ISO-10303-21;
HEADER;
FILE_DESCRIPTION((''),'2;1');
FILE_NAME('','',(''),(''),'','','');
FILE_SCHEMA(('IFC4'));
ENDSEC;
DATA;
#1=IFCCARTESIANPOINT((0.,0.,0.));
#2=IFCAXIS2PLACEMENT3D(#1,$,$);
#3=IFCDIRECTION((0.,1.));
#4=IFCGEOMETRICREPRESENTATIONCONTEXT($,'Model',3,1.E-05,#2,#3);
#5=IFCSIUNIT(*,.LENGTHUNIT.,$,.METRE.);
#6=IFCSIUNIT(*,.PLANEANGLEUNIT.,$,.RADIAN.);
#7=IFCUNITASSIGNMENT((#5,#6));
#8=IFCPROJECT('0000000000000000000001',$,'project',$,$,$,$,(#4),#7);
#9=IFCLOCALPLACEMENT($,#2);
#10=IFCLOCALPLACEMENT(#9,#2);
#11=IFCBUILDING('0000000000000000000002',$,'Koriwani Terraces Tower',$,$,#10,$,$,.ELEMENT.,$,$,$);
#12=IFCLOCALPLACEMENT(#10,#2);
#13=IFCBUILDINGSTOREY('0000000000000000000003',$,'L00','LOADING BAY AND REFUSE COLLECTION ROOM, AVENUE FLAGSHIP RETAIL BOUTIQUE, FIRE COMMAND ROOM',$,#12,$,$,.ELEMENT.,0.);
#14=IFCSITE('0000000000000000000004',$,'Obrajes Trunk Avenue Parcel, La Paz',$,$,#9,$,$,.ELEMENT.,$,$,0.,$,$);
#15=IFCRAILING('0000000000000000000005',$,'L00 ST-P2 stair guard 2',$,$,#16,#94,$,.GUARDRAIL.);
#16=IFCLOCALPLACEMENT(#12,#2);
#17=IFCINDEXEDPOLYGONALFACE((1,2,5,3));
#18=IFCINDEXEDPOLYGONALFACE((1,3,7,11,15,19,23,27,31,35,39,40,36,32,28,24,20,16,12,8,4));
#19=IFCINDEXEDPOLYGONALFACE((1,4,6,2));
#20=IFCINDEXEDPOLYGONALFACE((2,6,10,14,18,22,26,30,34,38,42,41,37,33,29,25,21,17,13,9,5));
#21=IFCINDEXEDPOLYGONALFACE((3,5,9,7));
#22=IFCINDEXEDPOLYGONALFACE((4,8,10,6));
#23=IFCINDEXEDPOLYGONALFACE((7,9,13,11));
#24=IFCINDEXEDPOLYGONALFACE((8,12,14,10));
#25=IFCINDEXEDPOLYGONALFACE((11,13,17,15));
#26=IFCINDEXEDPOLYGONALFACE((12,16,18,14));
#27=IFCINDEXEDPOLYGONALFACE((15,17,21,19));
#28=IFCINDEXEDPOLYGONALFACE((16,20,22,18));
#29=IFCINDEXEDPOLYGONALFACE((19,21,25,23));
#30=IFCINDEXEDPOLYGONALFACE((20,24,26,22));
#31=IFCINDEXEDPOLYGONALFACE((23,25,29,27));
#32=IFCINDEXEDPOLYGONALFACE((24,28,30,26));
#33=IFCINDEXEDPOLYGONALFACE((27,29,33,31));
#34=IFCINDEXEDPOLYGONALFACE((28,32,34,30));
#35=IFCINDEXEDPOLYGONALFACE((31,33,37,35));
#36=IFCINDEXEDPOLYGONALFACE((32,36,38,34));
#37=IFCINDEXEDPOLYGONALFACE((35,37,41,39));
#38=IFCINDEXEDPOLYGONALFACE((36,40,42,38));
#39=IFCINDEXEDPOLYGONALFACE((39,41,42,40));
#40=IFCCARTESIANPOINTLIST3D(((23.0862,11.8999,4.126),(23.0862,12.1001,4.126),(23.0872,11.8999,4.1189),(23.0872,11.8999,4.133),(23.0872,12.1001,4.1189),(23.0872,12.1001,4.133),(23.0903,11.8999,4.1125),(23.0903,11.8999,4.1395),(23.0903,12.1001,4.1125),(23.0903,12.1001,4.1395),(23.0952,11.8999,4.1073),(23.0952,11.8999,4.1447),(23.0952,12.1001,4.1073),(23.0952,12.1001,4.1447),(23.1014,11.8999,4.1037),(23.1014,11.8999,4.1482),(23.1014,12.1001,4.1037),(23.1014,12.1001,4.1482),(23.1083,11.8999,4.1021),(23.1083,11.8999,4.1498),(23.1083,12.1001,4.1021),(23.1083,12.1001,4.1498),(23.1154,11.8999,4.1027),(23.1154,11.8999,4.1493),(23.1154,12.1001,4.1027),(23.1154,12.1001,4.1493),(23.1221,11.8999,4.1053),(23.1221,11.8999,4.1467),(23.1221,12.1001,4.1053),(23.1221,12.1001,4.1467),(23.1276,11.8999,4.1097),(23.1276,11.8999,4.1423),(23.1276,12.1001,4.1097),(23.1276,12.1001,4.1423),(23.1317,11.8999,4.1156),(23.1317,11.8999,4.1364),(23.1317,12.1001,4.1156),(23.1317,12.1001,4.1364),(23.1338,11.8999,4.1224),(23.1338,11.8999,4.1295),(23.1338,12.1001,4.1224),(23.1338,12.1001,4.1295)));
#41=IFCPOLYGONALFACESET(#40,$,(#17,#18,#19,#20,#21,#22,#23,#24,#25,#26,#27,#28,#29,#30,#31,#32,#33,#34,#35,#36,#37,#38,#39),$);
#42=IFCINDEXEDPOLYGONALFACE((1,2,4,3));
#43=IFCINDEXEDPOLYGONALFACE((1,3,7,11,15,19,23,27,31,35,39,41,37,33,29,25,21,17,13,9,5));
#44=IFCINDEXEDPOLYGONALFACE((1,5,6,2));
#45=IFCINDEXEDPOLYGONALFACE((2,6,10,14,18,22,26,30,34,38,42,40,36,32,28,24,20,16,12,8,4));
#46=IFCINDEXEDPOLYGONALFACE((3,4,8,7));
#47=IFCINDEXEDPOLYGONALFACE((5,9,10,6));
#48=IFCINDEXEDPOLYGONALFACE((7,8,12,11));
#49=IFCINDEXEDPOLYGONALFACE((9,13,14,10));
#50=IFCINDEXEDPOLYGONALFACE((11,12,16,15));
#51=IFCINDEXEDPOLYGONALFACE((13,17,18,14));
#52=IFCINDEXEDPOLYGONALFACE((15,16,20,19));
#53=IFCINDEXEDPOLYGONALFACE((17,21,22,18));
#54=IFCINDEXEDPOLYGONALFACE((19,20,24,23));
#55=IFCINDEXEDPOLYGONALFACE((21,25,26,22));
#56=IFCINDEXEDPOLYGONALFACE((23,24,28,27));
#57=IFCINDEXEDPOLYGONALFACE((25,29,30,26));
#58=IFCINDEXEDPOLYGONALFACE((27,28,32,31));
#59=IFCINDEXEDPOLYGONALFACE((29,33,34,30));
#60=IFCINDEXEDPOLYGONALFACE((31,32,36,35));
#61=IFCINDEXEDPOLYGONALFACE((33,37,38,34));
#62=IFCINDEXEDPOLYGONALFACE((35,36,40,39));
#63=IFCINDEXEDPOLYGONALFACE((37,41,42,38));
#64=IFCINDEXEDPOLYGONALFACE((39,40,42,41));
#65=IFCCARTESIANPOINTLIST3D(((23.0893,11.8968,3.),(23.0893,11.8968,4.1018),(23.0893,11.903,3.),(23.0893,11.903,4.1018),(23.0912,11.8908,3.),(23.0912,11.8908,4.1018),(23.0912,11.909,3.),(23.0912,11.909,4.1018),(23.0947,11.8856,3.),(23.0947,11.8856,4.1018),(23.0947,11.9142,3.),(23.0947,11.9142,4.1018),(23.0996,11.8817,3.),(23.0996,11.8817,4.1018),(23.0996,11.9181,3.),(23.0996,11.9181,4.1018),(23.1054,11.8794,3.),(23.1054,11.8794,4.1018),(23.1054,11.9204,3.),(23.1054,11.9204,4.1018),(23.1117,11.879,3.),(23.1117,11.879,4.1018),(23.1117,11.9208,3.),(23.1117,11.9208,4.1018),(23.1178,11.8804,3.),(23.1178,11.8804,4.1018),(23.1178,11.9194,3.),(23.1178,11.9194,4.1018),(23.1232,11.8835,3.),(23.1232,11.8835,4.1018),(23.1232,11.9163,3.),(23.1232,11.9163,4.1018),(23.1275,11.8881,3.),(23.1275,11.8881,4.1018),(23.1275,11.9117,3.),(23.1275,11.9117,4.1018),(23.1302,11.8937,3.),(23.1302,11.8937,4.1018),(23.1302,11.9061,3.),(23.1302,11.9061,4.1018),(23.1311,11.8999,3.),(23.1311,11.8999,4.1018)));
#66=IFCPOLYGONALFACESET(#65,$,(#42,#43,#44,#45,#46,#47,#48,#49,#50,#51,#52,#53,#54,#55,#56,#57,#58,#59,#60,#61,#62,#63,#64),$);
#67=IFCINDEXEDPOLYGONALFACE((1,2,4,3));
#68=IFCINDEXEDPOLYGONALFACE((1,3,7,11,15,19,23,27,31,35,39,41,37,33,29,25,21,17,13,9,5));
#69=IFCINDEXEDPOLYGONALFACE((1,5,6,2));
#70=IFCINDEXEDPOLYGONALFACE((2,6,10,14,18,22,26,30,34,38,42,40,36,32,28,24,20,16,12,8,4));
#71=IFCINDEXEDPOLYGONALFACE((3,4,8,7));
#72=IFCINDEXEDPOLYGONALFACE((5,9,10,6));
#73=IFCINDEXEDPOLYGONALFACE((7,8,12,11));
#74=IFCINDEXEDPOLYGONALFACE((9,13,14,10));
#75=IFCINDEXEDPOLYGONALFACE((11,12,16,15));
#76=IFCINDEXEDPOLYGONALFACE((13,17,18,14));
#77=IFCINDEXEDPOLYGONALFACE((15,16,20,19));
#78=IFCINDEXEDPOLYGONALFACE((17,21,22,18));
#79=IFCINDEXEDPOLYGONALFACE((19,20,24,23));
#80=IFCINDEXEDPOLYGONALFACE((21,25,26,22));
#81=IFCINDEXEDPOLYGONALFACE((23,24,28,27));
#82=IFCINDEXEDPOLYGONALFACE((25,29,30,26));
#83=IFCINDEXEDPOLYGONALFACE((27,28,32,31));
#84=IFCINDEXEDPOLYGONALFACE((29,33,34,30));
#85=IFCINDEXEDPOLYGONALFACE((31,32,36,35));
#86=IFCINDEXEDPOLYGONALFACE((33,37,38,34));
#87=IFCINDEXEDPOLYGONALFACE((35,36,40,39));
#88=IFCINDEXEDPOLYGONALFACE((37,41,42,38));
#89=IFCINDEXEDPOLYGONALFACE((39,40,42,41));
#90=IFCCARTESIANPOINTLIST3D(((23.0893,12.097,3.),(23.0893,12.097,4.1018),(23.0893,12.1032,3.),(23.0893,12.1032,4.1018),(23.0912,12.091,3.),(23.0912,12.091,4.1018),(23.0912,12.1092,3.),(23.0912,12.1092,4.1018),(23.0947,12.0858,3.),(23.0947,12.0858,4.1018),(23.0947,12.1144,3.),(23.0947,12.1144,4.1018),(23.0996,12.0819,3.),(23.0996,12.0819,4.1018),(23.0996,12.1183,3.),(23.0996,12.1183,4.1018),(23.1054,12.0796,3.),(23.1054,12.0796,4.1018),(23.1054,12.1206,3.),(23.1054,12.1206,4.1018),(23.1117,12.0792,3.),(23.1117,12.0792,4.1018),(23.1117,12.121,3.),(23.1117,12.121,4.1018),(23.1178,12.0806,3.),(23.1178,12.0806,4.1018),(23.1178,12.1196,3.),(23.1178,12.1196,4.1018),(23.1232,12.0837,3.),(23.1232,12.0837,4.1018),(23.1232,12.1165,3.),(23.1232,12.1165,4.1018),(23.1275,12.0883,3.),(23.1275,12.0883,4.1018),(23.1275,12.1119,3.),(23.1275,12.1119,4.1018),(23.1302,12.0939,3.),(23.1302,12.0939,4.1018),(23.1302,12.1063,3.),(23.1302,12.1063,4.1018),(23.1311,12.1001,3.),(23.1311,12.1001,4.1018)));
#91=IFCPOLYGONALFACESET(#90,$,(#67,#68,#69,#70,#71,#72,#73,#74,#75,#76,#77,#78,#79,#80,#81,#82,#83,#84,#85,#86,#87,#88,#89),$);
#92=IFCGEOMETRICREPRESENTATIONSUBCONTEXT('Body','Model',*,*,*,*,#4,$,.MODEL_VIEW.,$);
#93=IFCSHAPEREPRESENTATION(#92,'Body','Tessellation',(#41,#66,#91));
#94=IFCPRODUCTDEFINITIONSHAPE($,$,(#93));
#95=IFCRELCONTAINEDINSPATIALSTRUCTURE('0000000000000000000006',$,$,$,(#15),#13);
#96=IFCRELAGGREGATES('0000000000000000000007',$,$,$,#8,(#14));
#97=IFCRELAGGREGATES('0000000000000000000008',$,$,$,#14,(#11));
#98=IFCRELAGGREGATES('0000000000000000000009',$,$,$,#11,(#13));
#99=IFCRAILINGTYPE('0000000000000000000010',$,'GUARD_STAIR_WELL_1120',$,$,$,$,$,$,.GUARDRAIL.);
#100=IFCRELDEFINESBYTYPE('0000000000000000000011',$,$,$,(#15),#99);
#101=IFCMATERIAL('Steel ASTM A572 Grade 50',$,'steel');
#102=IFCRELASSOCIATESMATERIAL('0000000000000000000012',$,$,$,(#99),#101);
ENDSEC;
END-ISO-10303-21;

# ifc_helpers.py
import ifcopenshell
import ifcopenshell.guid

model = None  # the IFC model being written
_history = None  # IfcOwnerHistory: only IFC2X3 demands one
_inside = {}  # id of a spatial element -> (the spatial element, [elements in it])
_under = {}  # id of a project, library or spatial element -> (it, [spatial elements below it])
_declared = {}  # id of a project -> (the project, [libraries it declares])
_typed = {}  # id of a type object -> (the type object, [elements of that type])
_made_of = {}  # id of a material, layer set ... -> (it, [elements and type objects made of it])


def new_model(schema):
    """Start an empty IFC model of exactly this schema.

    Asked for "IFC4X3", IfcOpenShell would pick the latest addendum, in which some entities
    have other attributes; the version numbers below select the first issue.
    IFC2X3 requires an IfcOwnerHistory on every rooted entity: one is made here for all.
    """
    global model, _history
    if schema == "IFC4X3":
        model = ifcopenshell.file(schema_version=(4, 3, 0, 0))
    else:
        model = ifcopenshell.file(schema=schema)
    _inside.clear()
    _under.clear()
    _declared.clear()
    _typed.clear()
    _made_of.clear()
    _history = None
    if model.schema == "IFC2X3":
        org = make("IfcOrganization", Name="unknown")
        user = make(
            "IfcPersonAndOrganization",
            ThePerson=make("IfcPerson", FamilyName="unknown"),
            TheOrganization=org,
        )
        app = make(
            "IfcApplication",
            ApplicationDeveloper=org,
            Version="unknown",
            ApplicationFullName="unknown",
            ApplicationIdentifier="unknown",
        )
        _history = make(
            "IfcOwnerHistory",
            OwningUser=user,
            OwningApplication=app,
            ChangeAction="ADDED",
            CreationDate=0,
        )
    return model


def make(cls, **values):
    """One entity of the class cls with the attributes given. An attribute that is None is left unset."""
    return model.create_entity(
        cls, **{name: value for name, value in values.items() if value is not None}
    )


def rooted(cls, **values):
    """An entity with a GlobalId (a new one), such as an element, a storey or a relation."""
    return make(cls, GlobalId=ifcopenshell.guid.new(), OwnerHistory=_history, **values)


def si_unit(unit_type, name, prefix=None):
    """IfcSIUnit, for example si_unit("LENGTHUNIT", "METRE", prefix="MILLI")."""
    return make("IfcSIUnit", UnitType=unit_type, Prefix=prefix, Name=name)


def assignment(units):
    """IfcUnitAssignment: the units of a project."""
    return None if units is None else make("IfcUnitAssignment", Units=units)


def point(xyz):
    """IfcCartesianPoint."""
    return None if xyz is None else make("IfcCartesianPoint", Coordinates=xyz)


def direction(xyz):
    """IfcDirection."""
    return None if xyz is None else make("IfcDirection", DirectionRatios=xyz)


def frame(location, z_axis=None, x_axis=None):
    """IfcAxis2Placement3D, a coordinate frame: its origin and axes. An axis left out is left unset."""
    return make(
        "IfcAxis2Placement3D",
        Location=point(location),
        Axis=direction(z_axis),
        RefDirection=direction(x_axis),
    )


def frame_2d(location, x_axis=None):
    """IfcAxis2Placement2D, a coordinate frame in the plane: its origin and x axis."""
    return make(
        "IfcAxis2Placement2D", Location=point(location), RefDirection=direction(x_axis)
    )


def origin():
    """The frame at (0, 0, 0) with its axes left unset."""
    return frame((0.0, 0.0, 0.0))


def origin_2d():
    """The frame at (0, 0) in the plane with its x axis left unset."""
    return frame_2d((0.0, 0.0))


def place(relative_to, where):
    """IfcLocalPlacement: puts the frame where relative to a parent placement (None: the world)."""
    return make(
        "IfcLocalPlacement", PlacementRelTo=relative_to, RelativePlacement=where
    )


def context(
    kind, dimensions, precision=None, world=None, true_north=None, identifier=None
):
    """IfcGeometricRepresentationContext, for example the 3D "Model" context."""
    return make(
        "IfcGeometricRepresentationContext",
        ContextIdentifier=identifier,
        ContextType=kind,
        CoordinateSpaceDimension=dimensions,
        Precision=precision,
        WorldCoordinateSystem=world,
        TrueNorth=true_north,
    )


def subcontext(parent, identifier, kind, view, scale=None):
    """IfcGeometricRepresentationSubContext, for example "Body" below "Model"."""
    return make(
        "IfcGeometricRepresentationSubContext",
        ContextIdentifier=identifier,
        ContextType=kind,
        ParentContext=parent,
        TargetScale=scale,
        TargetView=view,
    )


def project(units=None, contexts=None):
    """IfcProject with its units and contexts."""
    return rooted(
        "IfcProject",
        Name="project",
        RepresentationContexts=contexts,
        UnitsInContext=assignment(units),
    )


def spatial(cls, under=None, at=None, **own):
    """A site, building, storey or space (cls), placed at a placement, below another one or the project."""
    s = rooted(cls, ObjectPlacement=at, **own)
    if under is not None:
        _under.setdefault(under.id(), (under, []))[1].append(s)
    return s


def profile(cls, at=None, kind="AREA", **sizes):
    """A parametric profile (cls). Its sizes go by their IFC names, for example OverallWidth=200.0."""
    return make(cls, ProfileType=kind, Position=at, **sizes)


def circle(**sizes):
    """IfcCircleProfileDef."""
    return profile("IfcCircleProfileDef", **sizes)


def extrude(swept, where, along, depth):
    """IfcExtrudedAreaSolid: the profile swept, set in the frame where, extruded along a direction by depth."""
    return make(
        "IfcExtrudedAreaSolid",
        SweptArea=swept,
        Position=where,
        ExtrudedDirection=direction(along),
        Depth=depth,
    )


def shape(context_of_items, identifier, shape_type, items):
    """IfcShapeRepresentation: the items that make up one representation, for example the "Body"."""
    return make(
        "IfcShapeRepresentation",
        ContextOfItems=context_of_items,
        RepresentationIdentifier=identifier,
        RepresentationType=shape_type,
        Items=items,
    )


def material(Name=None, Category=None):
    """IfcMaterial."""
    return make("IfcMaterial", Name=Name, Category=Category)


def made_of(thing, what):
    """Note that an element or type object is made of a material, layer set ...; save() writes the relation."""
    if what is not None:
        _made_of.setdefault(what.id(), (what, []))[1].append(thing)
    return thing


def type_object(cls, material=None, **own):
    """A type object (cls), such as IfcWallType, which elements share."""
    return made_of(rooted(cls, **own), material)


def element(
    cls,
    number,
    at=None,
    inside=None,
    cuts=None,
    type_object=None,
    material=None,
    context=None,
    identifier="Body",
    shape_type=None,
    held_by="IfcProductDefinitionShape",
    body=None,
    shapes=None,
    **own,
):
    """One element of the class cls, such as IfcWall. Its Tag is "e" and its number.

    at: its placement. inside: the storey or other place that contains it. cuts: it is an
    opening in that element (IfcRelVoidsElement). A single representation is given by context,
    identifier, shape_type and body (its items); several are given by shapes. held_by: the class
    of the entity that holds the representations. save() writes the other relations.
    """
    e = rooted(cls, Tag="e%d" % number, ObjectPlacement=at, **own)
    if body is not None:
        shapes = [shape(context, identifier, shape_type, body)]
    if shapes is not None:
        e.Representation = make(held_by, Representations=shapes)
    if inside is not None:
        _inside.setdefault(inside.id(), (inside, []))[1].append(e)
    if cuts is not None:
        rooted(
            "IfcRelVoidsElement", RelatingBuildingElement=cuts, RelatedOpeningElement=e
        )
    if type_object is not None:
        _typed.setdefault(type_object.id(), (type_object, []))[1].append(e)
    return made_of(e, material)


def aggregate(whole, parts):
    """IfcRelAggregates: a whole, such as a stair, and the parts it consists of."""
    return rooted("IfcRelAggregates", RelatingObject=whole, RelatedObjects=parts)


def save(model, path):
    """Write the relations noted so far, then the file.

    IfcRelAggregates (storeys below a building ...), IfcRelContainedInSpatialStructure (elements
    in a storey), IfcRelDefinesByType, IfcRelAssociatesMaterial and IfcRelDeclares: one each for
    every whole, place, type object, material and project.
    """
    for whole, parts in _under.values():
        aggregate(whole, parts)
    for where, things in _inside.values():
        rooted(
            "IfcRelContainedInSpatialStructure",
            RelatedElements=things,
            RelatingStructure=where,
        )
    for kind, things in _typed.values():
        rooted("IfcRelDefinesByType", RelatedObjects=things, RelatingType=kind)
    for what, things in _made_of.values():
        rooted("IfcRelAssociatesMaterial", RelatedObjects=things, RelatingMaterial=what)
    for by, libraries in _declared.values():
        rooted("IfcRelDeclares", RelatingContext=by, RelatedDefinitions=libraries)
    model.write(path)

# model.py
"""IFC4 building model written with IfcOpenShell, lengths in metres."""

from ifc_helpers import new_model, si_unit, direction, frame, origin, origin_2d, place, context, subcontext, project, spatial, circle, extrude, material, type_object, element, save


model = new_model("IFC4")

# Units and contexts
model_context = context("Model", 3, precision=1e-05, world=origin(), true_north=direction((0.0, 1.0)))
body_context = subcontext(model_context, "Body", "Model", "MODEL_VIEW")
ifc_project = project(units=[si_unit("LENGTHUNIT", "METRE"), si_unit("PLANEANGLEUNIT", "RADIAN")], contexts=[model_context])

# Site, building, storey
site_placement = place(None, origin())
site = spatial("IfcSite", under=ifc_project, at=site_placement, Name="Obrajes Trunk Avenue Parcel, La Paz", CompositionType="ELEMENT", RefElevation=0.0)
building_placement = place(site_placement, origin())
building = spatial("IfcBuilding", under=site, at=building_placement, Name="Koriwani Terraces Tower", CompositionType="ELEMENT")
storey_placement = place(building_placement, origin())
storey = spatial("IfcBuildingStorey", under=building, at=storey_placement, Name="L00", Description="LOADING BAY AND REFUSE COLLECTION ROOM, AVENUE FLAGSHIP RETAIL BOUTIQUE, FIRE COMMAND ROOM", CompositionType="ELEMENT", Elevation=0.0)

# Shared definitions
ifc_material_1 = material(Name="Steel ASTM A572 Grade 50", Category="steel")

# Railing
railing_type_1 = type_object("IfcRailingType", Name="GUARD_STAIR_WELL_1120", PredefinedType="GUARDRAIL", material=ifc_material_1)
railing_1_placement = place(storey_placement, frame((23.1101, 11.8999, 3.0)))
element("IfcRailing", 1, at=railing_1_placement, inside=storey, type_object=railing_type_1, Name="L00 ST-P2 stair guard 2", PredefinedType="GUARDRAIL", context=body_context, shape_type="SweptSolid", body=[
    extrude(circle(Radius=0.0239, at=origin_2d()), frame((0.0, 0.0, 1.126), z_axis=(0.0, 1.0, 0.0), x_axis=(-1.0, 0.0, 0.0)), (0.0, 0.0, 1.0), 0.2002),
    extrude(circle(Radius=0.021, at=origin_2d()), origin(), (0.0, 0.0, 1.0), 1.1018),
    extrude(circle(Radius=0.021, at=origin_2d()), frame((0.0, 0.2002, 0.0)), (0.0, 0.0, 1.0), 1.1018),
])

save(model, "model.ifc")
